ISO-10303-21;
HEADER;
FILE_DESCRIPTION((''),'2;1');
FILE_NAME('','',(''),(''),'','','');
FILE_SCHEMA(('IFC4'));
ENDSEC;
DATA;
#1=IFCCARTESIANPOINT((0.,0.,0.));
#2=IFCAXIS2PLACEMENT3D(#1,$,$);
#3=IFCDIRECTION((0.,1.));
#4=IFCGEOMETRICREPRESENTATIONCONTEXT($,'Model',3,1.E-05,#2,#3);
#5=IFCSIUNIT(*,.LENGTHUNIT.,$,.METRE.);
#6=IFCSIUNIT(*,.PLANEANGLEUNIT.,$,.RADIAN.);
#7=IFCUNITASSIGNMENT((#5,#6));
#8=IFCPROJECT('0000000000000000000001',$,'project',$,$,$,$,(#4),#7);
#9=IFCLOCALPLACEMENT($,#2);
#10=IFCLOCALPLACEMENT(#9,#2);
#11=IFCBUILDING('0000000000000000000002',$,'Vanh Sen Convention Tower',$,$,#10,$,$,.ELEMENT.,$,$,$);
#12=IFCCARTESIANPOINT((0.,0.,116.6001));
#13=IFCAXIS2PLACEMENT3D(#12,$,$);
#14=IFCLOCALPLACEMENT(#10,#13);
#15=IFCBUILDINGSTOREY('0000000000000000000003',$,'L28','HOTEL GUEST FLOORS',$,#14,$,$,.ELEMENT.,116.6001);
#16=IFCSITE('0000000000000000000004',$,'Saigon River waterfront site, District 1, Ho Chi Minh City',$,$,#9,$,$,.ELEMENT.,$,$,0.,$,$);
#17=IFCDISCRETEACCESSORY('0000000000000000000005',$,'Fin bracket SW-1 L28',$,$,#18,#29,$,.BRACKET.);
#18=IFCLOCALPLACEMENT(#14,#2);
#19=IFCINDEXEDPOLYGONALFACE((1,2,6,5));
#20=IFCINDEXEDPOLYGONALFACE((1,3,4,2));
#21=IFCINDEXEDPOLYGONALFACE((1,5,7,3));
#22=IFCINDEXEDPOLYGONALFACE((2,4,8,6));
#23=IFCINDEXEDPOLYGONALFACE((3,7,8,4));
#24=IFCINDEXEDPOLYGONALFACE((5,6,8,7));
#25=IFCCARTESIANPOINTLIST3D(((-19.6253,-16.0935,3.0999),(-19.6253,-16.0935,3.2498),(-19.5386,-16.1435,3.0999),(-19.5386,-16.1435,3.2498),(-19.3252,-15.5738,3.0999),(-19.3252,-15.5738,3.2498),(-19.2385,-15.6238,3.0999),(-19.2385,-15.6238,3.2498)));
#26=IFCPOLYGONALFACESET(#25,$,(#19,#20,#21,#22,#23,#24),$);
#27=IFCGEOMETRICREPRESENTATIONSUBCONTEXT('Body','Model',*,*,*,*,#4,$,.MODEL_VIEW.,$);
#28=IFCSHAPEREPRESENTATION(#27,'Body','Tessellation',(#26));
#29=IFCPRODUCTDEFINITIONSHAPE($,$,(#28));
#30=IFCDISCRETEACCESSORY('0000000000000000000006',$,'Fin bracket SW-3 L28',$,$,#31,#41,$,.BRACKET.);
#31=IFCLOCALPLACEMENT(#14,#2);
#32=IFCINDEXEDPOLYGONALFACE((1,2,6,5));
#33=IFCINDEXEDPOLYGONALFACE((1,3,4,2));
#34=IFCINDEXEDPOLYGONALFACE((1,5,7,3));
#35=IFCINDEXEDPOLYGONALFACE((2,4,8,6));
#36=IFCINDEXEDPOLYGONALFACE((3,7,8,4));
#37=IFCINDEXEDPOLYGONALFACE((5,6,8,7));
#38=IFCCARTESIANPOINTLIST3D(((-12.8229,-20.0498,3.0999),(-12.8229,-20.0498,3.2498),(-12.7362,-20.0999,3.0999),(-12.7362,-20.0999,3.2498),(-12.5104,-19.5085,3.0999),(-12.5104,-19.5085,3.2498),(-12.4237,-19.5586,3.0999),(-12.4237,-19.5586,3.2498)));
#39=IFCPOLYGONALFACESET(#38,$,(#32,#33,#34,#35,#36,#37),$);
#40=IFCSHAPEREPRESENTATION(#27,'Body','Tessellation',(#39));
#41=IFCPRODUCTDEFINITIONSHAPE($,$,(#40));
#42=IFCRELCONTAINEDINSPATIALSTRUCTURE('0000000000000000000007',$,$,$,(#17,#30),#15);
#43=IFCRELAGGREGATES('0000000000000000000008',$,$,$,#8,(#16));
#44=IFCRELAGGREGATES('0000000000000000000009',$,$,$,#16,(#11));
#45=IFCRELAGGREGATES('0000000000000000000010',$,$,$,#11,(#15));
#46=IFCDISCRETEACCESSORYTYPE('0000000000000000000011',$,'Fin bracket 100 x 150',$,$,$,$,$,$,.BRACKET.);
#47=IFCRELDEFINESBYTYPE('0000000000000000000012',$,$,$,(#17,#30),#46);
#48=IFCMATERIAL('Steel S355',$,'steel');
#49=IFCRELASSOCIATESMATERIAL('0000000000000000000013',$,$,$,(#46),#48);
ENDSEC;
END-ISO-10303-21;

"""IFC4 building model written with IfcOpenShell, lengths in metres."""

from ifc_helpers import new_model, si_unit, direction, frame, origin, origin_2d, place, context, subcontext, project, spatial, rectangle, extrude, material, type_object, element, save


model = new_model("IFC4")

# Units and contexts
model_context = context("Model", 3, precision=1e-05, world=origin(), true_north=direction((0.0, 1.0)))
body_context = subcontext(model_context, "Body", "Model", "MODEL_VIEW")
ifc_project = project(units=[si_unit("LENGTHUNIT", "METRE"), si_unit("PLANEANGLEUNIT", "RADIAN")], contexts=[model_context])

# Site, building, storey
site_placement = place(None, origin())
site = spatial("IfcSite", under=ifc_project, at=site_placement, Name="Saigon River waterfront site, District 1, Ho Chi Minh City", CompositionType="ELEMENT", RefElevation=0.0)
building_placement = place(site_placement, origin())
building = spatial("IfcBuilding", under=site, at=building_placement, Name="Vanh Sen Convention Tower", CompositionType="ELEMENT")
storey_placement = place(building_placement, frame((0.0, 0.0, 116.6001)))
storey = spatial("IfcBuildingStorey", under=building, at=storey_placement, Name="L28", Description="HOTEL GUEST FLOORS", CompositionType="ELEMENT", Elevation=116.6001)

# Discrete accessories
ifc_material_1 = material(Name="Steel S355", Category="steel")
discrete_accessory_type = type_object("IfcDiscreteAccessoryType", Name="Fin bracket 100 x 150", PredefinedType="BRACKET", material=ifc_material_1)
discrete_accessory_1_placement = place(storey_placement, frame((-19.4319, -15.8586, 3.0999), z_axis=(0.0, 0.0, 1.0), x_axis=(-0.5, -0.866025, 0.0)))
element("IfcDiscreteAccessory", 1, at=discrete_accessory_1_placement, inside=storey, type_object=discrete_accessory_type, Name="Fin bracket SW-1 L28", PredefinedType="BRACKET", context=body_context, shape_type="SweptSolid", body=[
    extrude(rectangle(XDim=0.6001, YDim=0.1001, at=origin_2d()), origin(), (0.0, 0.0, 1.0), 0.1499),
])
discrete_accessory_2_placement = place(storey_placement, frame((-12.6233, -19.8042, 3.0999), z_axis=(0.0, 0.0, 1.0), x_axis=(-0.5, -0.866025, 0.0)))
element("IfcDiscreteAccessory", 2, at=discrete_accessory_2_placement, inside=storey, type_object=discrete_accessory_type, Name="Fin bracket SW-3 L28", PredefinedType="BRACKET", context=body_context, shape_type="SweptSolid", body=[
    extrude(rectangle(XDim=0.625, YDim=0.1001, at=origin_2d()), origin(), (0.0, 0.0, 1.0), 0.1499),
])

save(model, "model.ifc")
